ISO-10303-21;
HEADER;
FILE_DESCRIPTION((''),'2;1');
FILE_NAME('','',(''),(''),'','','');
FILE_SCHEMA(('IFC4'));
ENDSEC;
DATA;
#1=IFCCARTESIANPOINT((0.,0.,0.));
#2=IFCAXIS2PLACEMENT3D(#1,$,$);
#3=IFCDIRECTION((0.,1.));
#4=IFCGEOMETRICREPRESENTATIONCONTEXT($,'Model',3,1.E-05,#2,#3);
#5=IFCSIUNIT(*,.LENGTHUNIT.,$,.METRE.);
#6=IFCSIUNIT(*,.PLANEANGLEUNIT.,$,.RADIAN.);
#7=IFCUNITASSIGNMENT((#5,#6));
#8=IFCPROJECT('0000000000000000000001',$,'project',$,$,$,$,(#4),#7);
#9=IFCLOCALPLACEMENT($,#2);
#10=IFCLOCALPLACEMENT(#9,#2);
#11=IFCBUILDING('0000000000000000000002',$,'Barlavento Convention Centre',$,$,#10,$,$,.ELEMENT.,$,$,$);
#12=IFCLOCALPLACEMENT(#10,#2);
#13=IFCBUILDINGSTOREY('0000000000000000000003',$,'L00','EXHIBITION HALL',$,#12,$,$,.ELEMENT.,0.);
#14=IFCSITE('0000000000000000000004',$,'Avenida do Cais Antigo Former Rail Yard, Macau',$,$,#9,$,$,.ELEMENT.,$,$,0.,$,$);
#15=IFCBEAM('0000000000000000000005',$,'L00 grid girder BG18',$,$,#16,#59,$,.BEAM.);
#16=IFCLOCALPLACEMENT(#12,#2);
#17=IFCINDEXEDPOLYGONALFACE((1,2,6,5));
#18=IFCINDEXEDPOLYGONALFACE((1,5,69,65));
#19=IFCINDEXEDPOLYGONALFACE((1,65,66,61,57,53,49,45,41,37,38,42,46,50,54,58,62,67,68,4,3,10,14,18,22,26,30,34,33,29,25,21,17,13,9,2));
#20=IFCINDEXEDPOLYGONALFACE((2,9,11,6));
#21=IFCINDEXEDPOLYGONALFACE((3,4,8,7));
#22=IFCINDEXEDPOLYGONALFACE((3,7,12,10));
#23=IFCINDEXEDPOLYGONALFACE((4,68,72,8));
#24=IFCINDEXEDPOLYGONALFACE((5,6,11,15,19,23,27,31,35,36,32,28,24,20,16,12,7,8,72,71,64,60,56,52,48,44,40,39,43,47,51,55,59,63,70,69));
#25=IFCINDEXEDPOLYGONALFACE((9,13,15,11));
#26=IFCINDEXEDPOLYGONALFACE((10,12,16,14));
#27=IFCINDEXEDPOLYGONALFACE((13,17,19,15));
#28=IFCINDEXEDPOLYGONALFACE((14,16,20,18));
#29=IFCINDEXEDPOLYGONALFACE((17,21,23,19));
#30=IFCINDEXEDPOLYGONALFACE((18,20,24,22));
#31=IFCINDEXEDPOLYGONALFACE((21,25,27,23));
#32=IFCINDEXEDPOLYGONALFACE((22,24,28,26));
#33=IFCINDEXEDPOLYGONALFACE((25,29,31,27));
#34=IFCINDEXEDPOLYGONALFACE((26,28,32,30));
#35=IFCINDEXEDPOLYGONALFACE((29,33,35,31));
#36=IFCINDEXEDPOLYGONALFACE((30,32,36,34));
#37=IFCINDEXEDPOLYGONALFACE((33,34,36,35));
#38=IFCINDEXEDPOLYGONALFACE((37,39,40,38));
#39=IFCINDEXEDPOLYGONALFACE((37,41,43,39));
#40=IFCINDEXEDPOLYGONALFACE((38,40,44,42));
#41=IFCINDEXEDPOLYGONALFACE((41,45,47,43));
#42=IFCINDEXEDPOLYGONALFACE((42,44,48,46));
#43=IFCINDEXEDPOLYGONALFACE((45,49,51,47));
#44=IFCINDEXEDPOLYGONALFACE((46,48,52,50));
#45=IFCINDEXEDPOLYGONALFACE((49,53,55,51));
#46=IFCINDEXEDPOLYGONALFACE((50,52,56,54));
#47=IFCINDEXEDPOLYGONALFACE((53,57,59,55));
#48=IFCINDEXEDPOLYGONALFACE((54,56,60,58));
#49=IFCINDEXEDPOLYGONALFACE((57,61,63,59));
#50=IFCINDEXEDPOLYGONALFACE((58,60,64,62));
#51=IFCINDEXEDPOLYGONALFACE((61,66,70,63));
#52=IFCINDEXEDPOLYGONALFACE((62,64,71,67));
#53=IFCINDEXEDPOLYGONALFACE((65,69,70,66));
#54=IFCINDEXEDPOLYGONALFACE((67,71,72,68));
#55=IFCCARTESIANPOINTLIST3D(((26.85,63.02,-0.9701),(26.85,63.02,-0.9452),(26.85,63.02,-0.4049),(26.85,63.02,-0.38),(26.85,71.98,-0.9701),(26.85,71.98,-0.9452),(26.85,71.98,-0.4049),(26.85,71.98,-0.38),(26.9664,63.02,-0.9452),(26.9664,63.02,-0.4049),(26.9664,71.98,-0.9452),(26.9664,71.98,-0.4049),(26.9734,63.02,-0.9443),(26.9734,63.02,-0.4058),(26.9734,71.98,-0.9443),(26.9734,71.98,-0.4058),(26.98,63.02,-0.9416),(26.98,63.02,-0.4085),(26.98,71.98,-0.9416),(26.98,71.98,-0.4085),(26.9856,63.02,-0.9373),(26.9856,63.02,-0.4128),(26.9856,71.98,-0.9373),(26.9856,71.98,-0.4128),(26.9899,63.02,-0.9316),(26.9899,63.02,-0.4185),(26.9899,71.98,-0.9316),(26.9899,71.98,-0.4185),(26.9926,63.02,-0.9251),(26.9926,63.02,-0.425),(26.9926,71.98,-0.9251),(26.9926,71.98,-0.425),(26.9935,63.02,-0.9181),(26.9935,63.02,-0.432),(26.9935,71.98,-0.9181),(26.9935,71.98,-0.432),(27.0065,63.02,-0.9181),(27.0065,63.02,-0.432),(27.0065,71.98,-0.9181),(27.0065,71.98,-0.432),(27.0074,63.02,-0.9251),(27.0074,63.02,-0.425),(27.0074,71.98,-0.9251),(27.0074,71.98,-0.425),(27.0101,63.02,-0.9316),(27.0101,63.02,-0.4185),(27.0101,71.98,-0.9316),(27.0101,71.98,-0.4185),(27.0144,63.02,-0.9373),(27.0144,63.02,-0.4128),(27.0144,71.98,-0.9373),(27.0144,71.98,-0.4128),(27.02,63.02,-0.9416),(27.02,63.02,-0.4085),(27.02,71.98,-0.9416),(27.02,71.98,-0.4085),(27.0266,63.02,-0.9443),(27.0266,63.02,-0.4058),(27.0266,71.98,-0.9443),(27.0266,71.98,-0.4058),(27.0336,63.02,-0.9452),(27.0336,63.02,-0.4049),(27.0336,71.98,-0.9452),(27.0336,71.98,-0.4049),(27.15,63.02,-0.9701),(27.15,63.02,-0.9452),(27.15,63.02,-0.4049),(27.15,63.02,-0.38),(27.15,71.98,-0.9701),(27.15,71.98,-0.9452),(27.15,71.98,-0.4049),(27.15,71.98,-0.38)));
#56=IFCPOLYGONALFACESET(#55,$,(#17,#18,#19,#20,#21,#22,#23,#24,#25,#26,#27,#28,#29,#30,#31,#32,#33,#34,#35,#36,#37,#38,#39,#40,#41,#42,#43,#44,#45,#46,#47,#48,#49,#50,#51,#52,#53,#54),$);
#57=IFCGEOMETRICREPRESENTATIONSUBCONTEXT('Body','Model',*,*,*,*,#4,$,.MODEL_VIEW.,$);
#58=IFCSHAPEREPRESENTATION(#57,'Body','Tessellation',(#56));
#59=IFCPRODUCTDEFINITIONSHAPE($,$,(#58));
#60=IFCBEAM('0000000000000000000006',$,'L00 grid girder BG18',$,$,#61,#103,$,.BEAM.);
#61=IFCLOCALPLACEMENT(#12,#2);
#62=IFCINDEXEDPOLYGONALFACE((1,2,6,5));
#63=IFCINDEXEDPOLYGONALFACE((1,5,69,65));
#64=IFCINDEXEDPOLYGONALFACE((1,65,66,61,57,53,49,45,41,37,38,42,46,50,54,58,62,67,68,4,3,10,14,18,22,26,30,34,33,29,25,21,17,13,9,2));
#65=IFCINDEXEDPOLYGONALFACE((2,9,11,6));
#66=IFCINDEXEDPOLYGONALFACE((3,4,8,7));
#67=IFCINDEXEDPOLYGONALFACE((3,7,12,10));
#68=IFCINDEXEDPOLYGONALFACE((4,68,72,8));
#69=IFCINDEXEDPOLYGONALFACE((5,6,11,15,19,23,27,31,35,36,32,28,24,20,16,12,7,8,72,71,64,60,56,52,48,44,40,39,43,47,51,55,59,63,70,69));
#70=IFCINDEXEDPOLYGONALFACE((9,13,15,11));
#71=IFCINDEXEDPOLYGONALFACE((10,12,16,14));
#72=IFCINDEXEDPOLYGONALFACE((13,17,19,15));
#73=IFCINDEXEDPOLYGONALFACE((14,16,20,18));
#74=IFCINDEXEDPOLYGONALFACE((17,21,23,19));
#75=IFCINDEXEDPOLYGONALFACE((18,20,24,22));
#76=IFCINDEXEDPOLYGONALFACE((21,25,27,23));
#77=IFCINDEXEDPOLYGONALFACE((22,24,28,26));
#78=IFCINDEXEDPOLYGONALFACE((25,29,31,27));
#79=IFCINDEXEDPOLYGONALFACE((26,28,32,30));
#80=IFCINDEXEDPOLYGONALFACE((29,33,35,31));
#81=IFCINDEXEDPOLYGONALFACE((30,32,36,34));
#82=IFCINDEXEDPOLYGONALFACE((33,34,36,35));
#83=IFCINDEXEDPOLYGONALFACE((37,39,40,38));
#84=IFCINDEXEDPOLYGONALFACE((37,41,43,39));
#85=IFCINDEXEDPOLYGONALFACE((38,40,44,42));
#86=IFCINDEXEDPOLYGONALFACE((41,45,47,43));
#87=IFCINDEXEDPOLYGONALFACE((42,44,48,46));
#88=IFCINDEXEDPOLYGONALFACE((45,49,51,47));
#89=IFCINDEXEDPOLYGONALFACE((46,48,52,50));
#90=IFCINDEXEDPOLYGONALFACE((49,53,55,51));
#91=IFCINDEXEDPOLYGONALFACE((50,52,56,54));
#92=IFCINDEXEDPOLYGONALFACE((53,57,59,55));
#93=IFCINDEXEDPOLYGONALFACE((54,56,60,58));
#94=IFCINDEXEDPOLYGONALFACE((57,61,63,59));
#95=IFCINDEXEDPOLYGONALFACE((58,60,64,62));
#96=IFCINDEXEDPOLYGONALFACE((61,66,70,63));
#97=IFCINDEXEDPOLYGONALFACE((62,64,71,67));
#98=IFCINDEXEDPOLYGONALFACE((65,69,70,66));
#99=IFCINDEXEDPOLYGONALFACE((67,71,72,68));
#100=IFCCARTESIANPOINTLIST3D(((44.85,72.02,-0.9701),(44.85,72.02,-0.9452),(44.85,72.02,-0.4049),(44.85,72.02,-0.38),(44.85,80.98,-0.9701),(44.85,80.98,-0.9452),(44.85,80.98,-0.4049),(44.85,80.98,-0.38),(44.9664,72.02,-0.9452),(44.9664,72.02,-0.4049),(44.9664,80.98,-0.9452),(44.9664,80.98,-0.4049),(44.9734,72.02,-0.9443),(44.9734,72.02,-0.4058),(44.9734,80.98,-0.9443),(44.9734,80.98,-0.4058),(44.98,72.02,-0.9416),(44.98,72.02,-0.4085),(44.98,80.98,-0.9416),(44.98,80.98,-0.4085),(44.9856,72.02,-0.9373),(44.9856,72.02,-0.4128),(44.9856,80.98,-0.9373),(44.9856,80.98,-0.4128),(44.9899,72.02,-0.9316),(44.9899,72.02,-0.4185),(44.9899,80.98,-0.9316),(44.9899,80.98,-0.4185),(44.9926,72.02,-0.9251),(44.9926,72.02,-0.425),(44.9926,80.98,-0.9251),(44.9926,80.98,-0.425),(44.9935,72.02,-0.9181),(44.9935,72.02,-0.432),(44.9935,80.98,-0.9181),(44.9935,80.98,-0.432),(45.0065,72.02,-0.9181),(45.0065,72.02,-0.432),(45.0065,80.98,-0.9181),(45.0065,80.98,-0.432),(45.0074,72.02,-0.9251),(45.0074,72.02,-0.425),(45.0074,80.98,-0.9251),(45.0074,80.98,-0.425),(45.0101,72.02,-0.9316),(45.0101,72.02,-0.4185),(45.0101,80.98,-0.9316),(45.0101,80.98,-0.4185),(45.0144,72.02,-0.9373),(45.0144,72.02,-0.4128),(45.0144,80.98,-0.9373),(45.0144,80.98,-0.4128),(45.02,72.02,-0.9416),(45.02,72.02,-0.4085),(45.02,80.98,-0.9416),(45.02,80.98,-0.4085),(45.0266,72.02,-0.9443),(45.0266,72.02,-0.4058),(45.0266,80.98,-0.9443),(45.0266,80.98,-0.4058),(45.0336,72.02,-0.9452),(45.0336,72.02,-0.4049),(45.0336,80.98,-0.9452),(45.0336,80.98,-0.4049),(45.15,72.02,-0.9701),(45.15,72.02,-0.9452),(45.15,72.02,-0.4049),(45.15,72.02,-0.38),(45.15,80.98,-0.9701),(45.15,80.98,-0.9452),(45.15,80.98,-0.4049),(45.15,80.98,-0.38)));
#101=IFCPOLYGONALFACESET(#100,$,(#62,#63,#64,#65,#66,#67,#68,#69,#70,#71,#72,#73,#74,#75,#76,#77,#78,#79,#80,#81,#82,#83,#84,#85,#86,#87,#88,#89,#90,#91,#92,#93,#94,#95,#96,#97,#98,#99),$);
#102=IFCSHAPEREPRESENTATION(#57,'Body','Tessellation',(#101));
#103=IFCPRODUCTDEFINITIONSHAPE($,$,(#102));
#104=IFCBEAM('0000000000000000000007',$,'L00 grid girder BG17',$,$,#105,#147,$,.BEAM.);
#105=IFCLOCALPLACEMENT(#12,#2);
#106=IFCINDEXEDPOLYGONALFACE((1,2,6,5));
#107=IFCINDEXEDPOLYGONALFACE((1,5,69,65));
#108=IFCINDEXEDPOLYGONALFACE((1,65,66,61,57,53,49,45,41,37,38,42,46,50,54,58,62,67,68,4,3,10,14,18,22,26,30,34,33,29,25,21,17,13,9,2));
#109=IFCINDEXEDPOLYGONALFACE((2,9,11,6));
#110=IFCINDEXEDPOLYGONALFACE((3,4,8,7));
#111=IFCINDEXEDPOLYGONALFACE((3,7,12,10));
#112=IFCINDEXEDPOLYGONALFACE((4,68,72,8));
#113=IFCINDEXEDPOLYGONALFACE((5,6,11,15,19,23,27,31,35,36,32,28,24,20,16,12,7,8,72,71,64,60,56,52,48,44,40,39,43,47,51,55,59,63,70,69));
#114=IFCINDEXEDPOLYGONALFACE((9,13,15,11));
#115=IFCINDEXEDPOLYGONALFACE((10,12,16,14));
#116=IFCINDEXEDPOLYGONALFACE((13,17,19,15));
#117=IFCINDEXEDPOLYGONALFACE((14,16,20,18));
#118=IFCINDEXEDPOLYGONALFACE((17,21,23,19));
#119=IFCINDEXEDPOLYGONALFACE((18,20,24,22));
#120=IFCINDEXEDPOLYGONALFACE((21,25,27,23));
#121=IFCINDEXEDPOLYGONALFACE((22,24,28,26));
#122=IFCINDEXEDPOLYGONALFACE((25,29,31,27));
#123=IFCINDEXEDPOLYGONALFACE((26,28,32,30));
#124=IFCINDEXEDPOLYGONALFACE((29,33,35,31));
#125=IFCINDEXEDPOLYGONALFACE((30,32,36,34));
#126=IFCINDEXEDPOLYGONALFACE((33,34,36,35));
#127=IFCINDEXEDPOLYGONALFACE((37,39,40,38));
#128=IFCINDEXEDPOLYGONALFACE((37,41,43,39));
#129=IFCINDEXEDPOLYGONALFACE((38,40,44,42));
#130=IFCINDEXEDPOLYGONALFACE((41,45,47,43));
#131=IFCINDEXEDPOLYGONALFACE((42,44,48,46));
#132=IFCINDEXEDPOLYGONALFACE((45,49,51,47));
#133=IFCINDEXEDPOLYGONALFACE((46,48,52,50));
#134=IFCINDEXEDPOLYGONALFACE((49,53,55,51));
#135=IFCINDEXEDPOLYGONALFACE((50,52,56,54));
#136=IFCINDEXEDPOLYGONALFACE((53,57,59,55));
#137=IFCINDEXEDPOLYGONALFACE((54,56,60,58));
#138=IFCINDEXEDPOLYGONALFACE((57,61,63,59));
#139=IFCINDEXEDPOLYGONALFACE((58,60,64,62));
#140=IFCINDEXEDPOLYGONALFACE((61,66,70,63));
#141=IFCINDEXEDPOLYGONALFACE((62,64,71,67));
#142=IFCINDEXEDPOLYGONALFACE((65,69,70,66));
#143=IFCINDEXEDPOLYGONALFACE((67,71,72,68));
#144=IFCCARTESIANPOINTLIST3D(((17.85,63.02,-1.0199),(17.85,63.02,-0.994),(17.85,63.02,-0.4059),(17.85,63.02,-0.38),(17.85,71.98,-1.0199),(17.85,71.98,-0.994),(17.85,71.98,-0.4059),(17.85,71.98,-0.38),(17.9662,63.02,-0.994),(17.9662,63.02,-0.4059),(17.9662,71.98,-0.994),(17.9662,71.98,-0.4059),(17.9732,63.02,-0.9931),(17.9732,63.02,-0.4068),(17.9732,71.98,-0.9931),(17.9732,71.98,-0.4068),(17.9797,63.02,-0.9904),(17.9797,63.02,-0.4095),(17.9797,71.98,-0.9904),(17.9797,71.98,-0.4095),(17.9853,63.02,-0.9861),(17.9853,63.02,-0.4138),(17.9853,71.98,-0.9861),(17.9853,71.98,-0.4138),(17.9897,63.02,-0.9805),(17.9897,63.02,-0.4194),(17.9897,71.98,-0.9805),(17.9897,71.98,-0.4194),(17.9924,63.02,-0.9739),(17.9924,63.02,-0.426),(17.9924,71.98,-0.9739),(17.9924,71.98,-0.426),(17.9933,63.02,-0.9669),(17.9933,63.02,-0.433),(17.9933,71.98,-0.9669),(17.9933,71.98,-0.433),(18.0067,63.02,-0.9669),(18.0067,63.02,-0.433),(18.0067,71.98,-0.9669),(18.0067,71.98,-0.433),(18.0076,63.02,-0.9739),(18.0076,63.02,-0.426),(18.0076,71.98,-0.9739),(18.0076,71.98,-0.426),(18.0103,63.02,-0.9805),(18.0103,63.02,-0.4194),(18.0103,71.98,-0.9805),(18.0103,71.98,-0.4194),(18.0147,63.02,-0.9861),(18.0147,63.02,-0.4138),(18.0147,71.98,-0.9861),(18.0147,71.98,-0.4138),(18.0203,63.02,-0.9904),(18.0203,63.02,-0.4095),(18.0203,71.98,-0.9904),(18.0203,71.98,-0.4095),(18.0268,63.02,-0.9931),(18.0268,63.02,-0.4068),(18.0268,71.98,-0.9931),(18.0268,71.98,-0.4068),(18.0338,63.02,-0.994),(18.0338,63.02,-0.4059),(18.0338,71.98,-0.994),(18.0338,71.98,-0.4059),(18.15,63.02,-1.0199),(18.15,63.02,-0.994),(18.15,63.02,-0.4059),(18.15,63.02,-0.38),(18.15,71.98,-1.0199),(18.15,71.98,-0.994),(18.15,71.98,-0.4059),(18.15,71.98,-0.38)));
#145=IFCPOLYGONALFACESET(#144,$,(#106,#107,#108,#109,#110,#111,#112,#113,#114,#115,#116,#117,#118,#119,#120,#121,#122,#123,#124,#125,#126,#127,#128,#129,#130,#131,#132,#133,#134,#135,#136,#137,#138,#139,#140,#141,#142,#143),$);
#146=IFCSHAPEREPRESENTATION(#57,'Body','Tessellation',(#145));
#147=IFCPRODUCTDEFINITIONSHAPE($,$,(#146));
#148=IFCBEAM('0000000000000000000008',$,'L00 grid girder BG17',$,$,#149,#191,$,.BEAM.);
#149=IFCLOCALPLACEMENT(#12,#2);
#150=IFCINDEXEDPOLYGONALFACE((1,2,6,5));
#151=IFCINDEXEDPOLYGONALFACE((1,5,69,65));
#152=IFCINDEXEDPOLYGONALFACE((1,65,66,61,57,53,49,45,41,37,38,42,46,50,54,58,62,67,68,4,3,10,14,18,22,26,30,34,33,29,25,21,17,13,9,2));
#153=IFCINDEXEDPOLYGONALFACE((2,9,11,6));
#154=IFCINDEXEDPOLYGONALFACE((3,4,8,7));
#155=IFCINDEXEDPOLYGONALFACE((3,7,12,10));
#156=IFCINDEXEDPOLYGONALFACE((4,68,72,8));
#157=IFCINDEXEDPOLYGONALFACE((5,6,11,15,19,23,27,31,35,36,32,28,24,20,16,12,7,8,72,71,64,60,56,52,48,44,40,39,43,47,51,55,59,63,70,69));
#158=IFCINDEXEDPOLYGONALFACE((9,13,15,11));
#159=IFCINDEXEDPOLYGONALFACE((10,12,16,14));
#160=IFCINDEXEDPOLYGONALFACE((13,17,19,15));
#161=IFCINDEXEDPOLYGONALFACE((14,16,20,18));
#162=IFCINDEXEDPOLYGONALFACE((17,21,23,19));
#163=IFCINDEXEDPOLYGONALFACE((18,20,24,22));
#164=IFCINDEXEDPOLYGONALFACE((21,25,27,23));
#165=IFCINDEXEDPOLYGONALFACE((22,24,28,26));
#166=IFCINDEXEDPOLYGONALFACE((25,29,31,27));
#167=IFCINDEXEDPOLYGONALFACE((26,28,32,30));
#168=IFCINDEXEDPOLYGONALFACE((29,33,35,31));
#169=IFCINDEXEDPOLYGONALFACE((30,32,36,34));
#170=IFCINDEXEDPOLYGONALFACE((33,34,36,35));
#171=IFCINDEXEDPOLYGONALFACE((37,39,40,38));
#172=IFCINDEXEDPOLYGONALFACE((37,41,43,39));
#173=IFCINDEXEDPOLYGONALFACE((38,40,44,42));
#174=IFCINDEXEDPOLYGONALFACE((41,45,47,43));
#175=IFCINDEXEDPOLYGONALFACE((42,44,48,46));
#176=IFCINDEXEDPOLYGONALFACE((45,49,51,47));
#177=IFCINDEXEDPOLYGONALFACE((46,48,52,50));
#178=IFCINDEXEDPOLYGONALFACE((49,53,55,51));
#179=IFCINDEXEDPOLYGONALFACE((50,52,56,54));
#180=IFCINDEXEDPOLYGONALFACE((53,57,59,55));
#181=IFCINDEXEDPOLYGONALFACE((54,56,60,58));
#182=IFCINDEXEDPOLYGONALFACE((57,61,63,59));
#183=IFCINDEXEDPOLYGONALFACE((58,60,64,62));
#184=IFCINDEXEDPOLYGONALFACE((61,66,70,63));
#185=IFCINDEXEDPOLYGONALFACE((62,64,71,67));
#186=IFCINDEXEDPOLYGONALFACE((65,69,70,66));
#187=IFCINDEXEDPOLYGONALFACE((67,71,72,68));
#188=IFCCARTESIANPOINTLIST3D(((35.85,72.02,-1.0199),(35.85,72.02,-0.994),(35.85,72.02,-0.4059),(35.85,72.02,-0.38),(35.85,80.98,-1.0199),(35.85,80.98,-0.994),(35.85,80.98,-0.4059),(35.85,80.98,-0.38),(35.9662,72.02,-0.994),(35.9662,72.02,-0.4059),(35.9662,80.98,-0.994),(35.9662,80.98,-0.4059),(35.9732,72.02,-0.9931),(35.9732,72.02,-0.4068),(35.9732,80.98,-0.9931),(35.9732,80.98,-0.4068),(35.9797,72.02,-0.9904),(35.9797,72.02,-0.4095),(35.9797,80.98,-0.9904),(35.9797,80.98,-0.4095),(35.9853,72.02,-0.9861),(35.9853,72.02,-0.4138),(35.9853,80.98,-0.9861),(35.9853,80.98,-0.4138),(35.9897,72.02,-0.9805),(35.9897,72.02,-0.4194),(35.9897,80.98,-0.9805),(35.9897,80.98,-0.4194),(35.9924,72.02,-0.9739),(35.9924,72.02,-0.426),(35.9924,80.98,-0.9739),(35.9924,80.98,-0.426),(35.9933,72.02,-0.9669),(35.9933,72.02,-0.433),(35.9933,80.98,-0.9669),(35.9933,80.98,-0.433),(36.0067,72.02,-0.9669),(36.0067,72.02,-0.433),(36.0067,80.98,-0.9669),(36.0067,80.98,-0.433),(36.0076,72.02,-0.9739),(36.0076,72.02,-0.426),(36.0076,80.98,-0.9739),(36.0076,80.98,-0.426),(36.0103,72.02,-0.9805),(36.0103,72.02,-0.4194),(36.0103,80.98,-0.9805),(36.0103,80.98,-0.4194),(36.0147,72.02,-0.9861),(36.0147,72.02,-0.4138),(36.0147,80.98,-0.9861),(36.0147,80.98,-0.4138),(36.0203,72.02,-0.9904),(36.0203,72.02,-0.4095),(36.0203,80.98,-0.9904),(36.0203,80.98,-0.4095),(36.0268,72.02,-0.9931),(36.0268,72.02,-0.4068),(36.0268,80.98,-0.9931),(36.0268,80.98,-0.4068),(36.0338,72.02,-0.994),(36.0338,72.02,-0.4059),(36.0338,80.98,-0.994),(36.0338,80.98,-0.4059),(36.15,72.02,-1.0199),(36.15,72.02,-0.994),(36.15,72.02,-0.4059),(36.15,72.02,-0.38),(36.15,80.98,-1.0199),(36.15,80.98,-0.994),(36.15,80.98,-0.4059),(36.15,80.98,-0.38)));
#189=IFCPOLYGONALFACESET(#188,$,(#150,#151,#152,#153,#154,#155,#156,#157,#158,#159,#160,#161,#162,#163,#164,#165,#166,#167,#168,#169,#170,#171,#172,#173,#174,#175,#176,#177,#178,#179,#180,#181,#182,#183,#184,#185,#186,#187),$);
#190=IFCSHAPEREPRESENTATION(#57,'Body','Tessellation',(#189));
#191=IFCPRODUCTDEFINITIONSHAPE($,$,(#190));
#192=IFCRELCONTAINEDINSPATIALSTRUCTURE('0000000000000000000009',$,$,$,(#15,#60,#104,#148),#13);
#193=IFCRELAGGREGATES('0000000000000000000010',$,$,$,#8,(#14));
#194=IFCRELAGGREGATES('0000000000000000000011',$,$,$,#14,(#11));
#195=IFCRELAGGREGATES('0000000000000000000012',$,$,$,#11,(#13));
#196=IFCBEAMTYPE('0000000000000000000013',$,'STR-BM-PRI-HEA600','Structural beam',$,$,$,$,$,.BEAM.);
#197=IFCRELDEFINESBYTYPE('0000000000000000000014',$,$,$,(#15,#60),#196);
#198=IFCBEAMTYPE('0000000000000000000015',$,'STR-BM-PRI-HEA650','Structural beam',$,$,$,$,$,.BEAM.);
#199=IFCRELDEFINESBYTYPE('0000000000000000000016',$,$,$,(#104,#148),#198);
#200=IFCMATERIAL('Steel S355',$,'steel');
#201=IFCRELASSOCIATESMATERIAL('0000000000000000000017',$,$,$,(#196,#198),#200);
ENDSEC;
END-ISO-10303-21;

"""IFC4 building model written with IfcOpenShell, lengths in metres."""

from ifc_helpers import new_model, si_unit, direction, frame, origin, origin_2d, place, context, subcontext, project, spatial, i_section, extrude, material, material_profile, profile_set, type_object, element, save


model = new_model("IFC4")

# Units and contexts
model_context = context("Model", 3, precision=1e-05, world=origin(), true_north=direction((0.0, 1.0)))
body_context = subcontext(model_context, "Body", "Model", "MODEL_VIEW")
ifc_project = project(units=[si_unit("LENGTHUNIT", "METRE"), si_unit("PLANEANGLEUNIT", "RADIAN")], contexts=[model_context])

# Site, building, storey
site_placement = place(None, origin())
site = spatial("IfcSite", under=ifc_project, at=site_placement, Name="Avenida do Cais Antigo Former Rail Yard, Macau", CompositionType="ELEMENT", RefElevation=0.0)
building_placement = place(site_placement, origin())
building = spatial("IfcBuilding", under=site, at=building_placement, Name="Barlavento Convention Centre", CompositionType="ELEMENT")
storey_placement = place(building_placement, origin())
storey = spatial("IfcBuildingStorey", under=building, at=storey_placement, Name="L00", Description="EXHIBITION HALL", CompositionType="ELEMENT", Elevation=0.0)

# Beams
ifc_material = material(Name="Steel S355", Category="steel")
ifc_material_profile_1 = material_profile(ifc_material, i_section(OverallWidth=0.3, OverallDepth=0.5901, WebThickness=0.0129, FlangeThickness=0.0249, FilletRadius=0.0271, at=origin_2d()), Name="HEA 600")
ifc_profile_set_1 = profile_set([ifc_material_profile_1], Name="Steel S355")
beam_type_1 = type_object("IfcBeamType", Name="STR-BM-PRI-HEA600", Description="Structural beam", PredefinedType="BEAM", material=ifc_profile_set_1)
for number, where, z_axis, x_axis, name in (
    (1, (27.0, 63.02, -0.675), (0.0, 1.0, 0.0), (-1.0, 0.0, 0.0), "L00 grid girder BG18"),
    (2, (45.0, 72.02, -0.675), (0.0, 1.0, 0.0), (-1.0, 0.0, 0.0), "L00 grid girder BG18"),
):
    element("IfcBeam", number, at=place(storey_placement, frame(where, z_axis=z_axis, x_axis=x_axis)), inside=storey, type_object=beam_type_1, Name=name, PredefinedType="BEAM", context=body_context, shape_type="SweptSolid", body=[
        extrude(i_section(OverallWidth=0.3, OverallDepth=0.5901, WebThickness=0.0129, FlangeThickness=0.0249, FilletRadius=0.0271, at=origin_2d()), origin(), (0.0, 0.0, 1.0), 8.96),
    ])
ifc_material_profile_2 = material_profile(ifc_material, i_section(OverallWidth=0.3, OverallDepth=0.6399, WebThickness=0.0134, FlangeThickness=0.0259, FilletRadius=0.0271, at=origin_2d()), Name="HEA 650")
ifc_profile_set_2 = profile_set([ifc_material_profile_2], Name="Steel S355")
beam_type_2 = type_object("IfcBeamType", Name="STR-BM-PRI-HEA650", Description="Structural beam", PredefinedType="BEAM", material=ifc_profile_set_2)
for number, where, z_axis, x_axis, name in (
    (3, (18.0, 63.02, -0.7), (0.0, 1.0, 0.0), (-1.0, 0.0, 0.0), "L00 grid girder BG17"),
    (4, (36.0, 72.02, -0.7), (0.0, 1.0, 0.0), (-1.0, 0.0, 0.0), "L00 grid girder BG17"),
):
    element("IfcBeam", number, at=place(storey_placement, frame(where, z_axis=z_axis, x_axis=x_axis)), inside=storey, type_object=beam_type_2, Name=name, PredefinedType="BEAM", context=body_context, shape_type="SweptSolid", body=[
        extrude(i_section(OverallWidth=0.3, OverallDepth=0.6399, WebThickness=0.0134, FlangeThickness=0.0259, FilletRadius=0.0271, at=origin_2d()), origin(), (0.0, 0.0, 1.0), 8.96),
    ])

save(model, "model.ifc")
